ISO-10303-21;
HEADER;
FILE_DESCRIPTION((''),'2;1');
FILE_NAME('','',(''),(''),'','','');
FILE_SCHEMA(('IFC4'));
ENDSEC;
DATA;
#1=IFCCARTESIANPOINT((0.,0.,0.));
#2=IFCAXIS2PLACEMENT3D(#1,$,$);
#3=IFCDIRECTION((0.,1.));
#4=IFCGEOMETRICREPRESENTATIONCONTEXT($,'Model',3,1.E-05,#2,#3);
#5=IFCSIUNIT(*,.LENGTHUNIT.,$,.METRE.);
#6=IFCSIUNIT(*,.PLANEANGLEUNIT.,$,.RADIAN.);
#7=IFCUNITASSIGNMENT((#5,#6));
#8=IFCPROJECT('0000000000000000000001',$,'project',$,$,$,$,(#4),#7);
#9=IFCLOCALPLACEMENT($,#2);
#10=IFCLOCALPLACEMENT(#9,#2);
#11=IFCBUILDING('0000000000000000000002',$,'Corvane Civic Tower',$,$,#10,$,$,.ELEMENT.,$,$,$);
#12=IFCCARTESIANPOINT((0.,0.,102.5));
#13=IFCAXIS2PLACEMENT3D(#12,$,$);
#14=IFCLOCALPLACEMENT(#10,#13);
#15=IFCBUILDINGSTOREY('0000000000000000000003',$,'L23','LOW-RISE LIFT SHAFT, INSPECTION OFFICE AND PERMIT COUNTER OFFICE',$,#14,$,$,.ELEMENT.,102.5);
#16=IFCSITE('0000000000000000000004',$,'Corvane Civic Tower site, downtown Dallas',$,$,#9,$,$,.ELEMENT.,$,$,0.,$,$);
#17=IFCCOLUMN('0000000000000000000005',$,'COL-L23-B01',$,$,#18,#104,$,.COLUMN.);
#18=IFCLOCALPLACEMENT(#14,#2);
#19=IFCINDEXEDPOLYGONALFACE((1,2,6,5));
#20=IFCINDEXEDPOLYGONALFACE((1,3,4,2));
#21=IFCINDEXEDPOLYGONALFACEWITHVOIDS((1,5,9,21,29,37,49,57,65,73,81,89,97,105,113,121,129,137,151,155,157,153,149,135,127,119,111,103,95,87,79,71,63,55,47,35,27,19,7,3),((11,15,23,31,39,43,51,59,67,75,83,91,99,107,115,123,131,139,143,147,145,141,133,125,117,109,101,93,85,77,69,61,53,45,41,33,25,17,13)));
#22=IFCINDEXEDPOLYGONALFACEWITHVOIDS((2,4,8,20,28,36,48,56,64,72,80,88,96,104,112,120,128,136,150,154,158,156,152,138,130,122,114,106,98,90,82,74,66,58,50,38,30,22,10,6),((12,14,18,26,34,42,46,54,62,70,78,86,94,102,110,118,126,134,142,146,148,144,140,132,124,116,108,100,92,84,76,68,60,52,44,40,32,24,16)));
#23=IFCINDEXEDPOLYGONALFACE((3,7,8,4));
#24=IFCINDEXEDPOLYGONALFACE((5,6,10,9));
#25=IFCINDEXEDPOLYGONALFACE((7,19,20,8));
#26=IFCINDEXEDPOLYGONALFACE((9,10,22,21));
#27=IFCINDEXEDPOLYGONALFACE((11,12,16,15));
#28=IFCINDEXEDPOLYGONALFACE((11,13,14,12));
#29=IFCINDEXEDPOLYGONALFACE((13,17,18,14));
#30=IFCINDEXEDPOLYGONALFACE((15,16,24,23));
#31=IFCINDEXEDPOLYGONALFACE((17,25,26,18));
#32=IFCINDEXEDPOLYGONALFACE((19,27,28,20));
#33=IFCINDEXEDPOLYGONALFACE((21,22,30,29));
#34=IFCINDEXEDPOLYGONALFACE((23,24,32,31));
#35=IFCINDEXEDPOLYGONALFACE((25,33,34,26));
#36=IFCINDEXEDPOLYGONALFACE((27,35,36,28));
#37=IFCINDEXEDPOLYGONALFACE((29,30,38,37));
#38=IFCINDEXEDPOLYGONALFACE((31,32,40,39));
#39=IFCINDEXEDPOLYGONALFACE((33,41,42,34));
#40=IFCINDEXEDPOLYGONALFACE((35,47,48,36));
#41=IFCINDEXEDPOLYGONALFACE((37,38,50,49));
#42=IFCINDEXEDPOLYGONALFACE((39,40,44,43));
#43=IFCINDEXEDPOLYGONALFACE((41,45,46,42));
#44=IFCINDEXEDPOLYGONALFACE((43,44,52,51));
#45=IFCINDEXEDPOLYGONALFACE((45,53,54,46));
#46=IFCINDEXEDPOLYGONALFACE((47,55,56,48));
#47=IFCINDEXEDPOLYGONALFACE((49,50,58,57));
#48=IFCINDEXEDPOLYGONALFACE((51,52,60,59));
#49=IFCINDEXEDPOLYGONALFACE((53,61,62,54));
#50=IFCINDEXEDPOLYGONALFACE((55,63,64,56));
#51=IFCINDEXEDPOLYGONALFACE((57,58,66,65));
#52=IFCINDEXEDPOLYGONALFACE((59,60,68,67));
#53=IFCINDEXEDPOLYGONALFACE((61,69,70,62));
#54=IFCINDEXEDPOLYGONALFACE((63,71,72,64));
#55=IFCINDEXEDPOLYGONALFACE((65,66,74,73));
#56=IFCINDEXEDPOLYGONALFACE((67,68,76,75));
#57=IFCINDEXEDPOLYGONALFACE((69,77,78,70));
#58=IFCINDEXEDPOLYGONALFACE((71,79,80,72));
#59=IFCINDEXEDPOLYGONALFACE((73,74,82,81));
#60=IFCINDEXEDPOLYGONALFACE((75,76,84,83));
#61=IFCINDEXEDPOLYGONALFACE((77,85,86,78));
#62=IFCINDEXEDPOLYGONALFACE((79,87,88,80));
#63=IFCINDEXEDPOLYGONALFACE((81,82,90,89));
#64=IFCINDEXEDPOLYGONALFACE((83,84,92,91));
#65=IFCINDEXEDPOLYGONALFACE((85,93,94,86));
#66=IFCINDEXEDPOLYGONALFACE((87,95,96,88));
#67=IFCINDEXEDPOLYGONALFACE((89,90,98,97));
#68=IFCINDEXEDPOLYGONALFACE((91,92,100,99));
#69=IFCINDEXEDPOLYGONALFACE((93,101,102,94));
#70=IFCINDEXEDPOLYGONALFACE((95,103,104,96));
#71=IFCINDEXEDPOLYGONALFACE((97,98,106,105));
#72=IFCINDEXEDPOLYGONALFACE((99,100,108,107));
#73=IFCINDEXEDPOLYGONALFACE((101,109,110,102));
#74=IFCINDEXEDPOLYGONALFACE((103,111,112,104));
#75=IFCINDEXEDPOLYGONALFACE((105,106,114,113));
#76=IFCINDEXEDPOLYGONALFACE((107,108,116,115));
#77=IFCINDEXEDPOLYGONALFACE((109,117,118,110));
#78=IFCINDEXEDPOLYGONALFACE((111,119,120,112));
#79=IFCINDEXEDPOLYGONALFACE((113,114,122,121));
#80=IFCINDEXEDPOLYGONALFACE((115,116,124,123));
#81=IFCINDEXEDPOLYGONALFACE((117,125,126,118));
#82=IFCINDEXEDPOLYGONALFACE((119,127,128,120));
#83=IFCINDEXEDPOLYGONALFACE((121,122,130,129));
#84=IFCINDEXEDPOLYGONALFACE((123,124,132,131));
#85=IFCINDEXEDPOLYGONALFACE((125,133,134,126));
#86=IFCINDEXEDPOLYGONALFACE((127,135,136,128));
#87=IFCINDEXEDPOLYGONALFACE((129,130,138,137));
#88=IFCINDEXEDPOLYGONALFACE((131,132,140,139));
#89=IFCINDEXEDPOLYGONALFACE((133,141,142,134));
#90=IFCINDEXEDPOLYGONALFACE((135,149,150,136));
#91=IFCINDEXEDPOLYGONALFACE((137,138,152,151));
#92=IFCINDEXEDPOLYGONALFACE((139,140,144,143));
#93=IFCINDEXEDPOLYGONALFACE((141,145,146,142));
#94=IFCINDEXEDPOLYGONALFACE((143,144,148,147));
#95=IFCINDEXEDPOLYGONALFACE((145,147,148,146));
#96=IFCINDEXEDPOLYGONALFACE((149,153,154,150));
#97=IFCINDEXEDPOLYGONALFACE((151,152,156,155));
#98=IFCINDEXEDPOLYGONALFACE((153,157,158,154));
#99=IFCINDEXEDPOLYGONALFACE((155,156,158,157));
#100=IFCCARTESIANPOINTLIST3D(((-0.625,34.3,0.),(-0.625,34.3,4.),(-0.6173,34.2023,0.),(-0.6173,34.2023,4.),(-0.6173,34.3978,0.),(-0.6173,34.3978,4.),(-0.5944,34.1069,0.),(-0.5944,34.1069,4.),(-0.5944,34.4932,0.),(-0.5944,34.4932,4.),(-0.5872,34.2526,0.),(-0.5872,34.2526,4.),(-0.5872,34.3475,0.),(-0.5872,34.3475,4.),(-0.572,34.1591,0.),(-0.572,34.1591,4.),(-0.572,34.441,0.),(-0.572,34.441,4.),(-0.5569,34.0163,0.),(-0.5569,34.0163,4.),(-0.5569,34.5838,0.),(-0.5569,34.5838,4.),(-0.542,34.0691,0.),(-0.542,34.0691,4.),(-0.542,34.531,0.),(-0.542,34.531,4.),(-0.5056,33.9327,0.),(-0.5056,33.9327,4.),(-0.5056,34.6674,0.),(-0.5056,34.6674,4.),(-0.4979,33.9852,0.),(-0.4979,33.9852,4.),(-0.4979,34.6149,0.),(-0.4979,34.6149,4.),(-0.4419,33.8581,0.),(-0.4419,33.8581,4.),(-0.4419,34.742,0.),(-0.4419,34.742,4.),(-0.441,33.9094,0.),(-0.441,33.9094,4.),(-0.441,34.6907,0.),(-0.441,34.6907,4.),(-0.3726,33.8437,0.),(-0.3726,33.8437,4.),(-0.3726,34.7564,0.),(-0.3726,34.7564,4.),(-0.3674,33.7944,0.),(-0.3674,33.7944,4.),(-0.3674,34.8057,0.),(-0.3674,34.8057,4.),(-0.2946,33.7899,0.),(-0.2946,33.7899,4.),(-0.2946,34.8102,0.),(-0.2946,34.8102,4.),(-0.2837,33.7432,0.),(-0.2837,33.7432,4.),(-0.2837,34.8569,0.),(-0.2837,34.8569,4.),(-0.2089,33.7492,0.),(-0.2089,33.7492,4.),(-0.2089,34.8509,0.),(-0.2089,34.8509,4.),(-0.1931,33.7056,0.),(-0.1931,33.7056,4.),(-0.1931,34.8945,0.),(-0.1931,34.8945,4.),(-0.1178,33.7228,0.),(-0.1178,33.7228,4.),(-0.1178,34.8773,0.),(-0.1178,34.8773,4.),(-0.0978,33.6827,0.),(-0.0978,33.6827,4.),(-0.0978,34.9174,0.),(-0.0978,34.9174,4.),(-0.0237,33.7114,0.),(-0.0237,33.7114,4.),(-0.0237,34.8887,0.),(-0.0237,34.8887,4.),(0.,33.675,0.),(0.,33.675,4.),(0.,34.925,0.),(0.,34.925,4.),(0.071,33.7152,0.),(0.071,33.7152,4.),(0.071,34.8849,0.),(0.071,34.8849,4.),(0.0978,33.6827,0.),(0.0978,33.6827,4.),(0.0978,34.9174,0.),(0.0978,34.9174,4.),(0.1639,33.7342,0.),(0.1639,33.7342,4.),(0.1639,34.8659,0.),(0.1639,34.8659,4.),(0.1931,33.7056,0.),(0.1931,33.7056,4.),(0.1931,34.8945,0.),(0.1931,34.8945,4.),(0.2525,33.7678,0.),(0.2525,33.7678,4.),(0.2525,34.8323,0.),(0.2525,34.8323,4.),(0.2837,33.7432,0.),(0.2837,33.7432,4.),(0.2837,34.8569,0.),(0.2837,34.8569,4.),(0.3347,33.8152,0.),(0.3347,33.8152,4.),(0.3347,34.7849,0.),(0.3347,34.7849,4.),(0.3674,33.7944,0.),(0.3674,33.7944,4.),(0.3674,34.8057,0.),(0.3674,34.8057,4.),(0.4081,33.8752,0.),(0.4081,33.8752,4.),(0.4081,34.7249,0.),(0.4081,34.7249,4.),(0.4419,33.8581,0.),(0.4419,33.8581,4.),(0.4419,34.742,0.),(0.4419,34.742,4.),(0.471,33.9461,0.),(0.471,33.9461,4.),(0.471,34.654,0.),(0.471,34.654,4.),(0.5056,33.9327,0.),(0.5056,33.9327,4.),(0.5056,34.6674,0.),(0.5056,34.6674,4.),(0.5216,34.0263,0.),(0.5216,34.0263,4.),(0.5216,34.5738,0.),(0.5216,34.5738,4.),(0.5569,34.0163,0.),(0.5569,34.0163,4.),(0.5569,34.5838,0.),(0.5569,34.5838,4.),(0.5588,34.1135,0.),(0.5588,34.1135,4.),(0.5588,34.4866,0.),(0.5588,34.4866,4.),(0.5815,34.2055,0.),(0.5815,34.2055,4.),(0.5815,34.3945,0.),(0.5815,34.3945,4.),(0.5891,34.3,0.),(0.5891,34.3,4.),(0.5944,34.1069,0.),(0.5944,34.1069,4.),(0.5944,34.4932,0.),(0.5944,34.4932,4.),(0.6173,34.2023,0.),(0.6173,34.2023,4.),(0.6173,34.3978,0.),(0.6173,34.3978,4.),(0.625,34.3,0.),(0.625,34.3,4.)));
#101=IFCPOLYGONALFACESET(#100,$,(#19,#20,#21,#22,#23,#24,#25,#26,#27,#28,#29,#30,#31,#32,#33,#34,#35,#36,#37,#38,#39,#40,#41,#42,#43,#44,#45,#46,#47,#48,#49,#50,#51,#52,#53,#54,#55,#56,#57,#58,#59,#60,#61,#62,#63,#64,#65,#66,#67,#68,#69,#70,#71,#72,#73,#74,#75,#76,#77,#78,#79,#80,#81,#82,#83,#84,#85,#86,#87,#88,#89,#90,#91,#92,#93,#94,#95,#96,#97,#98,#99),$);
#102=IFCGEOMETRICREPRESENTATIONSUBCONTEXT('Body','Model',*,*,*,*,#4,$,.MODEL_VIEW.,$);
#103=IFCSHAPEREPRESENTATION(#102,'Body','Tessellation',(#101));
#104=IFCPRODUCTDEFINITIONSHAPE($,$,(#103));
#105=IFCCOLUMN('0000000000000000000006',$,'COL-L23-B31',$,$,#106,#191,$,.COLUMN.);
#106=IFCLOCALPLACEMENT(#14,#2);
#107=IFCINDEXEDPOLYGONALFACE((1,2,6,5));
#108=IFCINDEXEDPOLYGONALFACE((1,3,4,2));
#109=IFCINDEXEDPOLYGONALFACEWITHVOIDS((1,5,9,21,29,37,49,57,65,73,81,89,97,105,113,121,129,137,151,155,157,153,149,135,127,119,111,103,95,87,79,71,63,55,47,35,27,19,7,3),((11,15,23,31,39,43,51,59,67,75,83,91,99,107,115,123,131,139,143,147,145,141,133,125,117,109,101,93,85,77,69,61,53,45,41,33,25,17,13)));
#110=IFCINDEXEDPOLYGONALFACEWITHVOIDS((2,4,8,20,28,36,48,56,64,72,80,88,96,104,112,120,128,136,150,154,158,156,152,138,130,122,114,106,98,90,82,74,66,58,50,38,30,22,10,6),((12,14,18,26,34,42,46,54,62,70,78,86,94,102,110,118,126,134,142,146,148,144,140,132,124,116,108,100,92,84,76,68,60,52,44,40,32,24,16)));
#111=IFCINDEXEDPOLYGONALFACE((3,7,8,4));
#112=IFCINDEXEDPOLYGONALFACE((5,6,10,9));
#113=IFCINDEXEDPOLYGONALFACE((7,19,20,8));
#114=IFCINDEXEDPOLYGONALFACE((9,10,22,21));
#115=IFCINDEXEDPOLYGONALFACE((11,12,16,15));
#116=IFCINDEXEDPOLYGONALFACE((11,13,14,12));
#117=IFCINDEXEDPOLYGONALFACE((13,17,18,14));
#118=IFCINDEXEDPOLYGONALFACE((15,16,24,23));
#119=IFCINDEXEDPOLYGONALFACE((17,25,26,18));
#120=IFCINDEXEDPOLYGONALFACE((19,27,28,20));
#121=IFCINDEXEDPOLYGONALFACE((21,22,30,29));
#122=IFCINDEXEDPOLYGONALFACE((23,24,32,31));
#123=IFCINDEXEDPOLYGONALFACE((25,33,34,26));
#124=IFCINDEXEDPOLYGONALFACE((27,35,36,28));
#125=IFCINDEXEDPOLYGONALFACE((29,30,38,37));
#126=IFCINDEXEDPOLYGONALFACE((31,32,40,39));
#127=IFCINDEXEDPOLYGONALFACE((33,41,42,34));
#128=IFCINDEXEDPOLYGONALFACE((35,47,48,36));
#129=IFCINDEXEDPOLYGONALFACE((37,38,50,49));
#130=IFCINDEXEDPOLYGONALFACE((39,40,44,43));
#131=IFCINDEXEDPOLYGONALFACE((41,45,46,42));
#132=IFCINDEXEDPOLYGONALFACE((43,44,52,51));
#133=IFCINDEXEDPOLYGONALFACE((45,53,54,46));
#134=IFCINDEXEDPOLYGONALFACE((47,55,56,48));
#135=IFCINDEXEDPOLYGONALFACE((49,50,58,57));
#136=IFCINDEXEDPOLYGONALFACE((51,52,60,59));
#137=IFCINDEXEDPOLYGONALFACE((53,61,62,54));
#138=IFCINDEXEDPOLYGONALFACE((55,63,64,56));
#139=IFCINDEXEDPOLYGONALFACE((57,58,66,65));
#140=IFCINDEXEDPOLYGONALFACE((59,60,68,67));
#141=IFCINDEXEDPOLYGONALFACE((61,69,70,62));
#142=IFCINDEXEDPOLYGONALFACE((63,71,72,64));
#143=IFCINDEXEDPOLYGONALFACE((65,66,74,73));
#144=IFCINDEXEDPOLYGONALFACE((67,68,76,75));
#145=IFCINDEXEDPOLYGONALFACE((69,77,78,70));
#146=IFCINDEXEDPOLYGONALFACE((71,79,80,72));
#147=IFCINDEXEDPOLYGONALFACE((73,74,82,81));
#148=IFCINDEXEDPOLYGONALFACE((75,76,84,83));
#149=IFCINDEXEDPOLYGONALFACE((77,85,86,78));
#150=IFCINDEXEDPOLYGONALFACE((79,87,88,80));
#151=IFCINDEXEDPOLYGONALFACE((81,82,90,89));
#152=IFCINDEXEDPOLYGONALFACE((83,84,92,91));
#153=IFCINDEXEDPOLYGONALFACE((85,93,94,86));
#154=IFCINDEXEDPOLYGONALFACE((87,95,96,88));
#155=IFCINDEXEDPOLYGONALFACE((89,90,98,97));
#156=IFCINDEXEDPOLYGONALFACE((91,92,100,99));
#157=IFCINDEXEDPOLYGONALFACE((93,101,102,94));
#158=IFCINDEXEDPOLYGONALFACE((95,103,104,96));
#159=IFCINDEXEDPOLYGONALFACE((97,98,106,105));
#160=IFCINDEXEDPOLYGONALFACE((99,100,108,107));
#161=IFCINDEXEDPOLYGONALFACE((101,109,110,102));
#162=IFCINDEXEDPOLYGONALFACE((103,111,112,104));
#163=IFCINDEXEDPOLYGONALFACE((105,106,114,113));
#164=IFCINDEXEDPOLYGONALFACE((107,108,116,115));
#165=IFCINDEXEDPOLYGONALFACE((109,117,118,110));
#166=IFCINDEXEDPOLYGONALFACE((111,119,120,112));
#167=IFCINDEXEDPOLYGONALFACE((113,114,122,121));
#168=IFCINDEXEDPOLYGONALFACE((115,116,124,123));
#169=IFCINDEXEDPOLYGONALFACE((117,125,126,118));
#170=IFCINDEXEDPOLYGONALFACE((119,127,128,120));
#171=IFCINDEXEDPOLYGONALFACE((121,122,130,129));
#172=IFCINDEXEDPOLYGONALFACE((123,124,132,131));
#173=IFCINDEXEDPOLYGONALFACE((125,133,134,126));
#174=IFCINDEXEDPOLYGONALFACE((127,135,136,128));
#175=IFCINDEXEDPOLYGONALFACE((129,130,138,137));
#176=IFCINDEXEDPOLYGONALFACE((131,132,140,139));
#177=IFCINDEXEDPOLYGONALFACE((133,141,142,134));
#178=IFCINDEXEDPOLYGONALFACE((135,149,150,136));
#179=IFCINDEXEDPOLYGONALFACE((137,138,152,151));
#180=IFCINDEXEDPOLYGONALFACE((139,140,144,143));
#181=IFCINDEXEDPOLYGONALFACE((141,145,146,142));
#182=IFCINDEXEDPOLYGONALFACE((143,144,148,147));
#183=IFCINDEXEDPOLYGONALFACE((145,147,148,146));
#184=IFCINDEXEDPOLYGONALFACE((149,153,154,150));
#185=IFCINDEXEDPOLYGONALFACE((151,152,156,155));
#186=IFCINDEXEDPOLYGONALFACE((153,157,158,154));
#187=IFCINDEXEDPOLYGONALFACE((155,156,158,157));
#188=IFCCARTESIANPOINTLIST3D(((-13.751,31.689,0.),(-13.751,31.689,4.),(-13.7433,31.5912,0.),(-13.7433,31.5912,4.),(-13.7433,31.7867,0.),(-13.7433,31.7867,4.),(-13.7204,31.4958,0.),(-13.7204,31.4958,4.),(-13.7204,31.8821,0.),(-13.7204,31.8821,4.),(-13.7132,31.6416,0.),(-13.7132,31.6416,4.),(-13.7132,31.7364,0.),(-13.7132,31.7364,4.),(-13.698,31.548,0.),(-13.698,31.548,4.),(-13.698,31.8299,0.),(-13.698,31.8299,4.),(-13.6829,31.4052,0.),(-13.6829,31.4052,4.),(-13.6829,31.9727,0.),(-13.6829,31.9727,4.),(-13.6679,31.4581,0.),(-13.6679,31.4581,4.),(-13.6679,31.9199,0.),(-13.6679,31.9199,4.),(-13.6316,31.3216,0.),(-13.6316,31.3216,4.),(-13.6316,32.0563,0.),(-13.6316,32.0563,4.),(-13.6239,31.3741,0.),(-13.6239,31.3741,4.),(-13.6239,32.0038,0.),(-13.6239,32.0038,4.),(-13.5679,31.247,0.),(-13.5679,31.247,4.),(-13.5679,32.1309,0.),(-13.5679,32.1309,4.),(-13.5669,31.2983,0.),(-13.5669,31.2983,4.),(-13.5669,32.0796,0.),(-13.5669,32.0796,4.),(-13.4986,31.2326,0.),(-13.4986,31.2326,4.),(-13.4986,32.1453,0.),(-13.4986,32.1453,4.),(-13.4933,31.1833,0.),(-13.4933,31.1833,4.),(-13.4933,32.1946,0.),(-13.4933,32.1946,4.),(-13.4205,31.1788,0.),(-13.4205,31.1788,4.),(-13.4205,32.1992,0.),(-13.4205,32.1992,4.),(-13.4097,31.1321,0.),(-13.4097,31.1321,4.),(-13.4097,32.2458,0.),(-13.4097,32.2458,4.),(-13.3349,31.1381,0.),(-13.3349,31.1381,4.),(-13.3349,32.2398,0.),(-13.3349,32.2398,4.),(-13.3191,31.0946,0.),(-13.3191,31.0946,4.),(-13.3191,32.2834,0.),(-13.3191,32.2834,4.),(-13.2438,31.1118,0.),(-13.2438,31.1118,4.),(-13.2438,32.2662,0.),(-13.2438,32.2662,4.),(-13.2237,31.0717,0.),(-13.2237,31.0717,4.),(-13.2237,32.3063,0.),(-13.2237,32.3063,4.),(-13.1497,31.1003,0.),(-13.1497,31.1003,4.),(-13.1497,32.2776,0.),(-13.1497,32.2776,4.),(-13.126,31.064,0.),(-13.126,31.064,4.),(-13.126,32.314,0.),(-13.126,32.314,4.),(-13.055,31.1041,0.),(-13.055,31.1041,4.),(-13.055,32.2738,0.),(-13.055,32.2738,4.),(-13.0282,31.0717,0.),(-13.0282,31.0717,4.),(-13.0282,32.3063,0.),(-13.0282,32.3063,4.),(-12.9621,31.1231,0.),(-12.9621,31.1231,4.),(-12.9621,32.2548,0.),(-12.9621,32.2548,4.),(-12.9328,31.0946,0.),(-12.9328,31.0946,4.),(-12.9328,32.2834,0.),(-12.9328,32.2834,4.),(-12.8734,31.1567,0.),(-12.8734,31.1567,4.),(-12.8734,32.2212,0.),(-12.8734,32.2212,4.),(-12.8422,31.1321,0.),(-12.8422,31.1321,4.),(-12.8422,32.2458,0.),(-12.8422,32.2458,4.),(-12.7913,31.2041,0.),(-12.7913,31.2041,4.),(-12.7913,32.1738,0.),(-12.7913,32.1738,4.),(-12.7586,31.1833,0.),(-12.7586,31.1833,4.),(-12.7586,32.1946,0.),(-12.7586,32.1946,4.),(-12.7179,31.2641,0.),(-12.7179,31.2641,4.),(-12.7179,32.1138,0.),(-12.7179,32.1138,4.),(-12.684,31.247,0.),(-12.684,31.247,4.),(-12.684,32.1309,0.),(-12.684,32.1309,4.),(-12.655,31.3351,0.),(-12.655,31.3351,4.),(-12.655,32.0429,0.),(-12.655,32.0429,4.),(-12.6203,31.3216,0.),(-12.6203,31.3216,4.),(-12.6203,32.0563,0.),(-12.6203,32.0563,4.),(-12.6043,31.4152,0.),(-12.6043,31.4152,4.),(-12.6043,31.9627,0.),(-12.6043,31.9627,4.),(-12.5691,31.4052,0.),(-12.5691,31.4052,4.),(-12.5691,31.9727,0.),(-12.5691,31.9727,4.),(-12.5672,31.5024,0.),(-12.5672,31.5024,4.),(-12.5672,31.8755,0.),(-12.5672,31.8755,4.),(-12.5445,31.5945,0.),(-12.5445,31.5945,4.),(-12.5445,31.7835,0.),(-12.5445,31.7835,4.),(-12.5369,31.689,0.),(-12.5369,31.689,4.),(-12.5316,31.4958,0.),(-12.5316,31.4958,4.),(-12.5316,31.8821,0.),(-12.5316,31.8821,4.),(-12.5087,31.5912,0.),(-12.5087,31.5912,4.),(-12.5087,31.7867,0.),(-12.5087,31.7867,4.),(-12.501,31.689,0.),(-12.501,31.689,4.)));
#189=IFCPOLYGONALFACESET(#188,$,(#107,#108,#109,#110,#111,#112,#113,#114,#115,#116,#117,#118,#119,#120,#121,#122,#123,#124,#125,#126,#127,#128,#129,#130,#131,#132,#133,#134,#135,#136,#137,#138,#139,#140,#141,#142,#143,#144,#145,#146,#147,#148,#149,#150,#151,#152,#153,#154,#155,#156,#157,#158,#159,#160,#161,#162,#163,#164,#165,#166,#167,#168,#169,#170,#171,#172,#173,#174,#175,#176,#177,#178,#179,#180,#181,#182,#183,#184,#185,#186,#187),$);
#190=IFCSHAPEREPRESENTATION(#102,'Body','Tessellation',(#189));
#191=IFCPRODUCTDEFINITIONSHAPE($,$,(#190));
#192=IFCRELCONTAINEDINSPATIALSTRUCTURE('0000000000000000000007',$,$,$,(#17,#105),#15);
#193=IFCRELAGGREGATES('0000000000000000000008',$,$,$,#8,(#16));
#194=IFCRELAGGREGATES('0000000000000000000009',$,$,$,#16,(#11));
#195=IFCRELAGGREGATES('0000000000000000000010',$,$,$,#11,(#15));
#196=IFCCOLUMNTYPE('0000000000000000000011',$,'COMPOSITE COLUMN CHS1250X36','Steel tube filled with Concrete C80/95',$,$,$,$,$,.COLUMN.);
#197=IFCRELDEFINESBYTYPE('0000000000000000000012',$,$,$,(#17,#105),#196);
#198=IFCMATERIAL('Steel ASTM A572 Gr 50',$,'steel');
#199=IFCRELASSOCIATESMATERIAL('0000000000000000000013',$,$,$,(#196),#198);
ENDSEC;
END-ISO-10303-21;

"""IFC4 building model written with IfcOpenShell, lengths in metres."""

from ifc_helpers import new_model, si_unit, direction, frame, origin, origin_2d, place, context, subcontext, project, spatial, hollow_circle, extrude, material, material_profile, profile_set, type_object, element, save


model = new_model("IFC4")

# Units and contexts
model_context = context("Model", 3, precision=1e-05, world=origin(), true_north=direction((0.0, 1.0)))
body_context = subcontext(model_context, "Body", "Model", "MODEL_VIEW")
ifc_project = project(units=[si_unit("LENGTHUNIT", "METRE"), si_unit("PLANEANGLEUNIT", "RADIAN")], contexts=[model_context])

# Site, building, storey
site_placement = place(None, origin())
site = spatial("IfcSite", under=ifc_project, at=site_placement, Name="Corvane Civic Tower site, downtown Dallas", CompositionType="ELEMENT", RefElevation=0.0)
building_placement = place(site_placement, origin())
building = spatial("IfcBuilding", under=site, at=building_placement, Name="Corvane Civic Tower", CompositionType="ELEMENT")
storey_placement = place(building_placement, frame((0.0, 0.0, 102.5)))
storey = spatial("IfcBuildingStorey", under=building, at=storey_placement, Name="L23", Description="LOW-RISE LIFT SHAFT, INSPECTION OFFICE AND PERMIT COUNTER OFFICE", CompositionType="ELEMENT", Elevation=102.5)

# Columns
ifc_material_1 = material(Name="Steel ASTM A572 Gr 50", Category="steel")
ifc_material_profile_1 = material_profile(ifc_material_1, hollow_circle(Radius=0.625, WallThickness=0.0359, at=origin_2d()), Name="CHS1250X36")
ifc_profile_set_1 = profile_set([ifc_material_profile_1], Name="Steel ASTM A572 Gr 50")
column_type = type_object("IfcColumnType", Name="COMPOSITE COLUMN CHS1250X36", Description="Steel tube filled with Concrete C80/95", PredefinedType="COLUMN", material=ifc_profile_set_1)
for number, where, z_axis, x_axis, name in (
    (1, (0.0, 34.3, 0.0), (0.0, 0.0, 1.0), (1.0, 0.0, 0.0), "COL-L23-B01"),
    (2, (-13.126, 31.689, 0.0), (0.0, 0.0, 1.0), (1.0, 0.0, 0.0), "COL-L23-B31"),
):
    element("IfcColumn", number, at=place(storey_placement, frame(where, z_axis=z_axis, x_axis=x_axis)), inside=storey, type_object=column_type, Name=name, PredefinedType="COLUMN", context=body_context, shape_type="SweptSolid", body=[
        extrude(hollow_circle(Radius=0.625, WallThickness=0.0359, at=origin_2d()), origin(), (0.0, 0.0, 1.0), 4.0),
    ])

save(model, "model.ifc")
